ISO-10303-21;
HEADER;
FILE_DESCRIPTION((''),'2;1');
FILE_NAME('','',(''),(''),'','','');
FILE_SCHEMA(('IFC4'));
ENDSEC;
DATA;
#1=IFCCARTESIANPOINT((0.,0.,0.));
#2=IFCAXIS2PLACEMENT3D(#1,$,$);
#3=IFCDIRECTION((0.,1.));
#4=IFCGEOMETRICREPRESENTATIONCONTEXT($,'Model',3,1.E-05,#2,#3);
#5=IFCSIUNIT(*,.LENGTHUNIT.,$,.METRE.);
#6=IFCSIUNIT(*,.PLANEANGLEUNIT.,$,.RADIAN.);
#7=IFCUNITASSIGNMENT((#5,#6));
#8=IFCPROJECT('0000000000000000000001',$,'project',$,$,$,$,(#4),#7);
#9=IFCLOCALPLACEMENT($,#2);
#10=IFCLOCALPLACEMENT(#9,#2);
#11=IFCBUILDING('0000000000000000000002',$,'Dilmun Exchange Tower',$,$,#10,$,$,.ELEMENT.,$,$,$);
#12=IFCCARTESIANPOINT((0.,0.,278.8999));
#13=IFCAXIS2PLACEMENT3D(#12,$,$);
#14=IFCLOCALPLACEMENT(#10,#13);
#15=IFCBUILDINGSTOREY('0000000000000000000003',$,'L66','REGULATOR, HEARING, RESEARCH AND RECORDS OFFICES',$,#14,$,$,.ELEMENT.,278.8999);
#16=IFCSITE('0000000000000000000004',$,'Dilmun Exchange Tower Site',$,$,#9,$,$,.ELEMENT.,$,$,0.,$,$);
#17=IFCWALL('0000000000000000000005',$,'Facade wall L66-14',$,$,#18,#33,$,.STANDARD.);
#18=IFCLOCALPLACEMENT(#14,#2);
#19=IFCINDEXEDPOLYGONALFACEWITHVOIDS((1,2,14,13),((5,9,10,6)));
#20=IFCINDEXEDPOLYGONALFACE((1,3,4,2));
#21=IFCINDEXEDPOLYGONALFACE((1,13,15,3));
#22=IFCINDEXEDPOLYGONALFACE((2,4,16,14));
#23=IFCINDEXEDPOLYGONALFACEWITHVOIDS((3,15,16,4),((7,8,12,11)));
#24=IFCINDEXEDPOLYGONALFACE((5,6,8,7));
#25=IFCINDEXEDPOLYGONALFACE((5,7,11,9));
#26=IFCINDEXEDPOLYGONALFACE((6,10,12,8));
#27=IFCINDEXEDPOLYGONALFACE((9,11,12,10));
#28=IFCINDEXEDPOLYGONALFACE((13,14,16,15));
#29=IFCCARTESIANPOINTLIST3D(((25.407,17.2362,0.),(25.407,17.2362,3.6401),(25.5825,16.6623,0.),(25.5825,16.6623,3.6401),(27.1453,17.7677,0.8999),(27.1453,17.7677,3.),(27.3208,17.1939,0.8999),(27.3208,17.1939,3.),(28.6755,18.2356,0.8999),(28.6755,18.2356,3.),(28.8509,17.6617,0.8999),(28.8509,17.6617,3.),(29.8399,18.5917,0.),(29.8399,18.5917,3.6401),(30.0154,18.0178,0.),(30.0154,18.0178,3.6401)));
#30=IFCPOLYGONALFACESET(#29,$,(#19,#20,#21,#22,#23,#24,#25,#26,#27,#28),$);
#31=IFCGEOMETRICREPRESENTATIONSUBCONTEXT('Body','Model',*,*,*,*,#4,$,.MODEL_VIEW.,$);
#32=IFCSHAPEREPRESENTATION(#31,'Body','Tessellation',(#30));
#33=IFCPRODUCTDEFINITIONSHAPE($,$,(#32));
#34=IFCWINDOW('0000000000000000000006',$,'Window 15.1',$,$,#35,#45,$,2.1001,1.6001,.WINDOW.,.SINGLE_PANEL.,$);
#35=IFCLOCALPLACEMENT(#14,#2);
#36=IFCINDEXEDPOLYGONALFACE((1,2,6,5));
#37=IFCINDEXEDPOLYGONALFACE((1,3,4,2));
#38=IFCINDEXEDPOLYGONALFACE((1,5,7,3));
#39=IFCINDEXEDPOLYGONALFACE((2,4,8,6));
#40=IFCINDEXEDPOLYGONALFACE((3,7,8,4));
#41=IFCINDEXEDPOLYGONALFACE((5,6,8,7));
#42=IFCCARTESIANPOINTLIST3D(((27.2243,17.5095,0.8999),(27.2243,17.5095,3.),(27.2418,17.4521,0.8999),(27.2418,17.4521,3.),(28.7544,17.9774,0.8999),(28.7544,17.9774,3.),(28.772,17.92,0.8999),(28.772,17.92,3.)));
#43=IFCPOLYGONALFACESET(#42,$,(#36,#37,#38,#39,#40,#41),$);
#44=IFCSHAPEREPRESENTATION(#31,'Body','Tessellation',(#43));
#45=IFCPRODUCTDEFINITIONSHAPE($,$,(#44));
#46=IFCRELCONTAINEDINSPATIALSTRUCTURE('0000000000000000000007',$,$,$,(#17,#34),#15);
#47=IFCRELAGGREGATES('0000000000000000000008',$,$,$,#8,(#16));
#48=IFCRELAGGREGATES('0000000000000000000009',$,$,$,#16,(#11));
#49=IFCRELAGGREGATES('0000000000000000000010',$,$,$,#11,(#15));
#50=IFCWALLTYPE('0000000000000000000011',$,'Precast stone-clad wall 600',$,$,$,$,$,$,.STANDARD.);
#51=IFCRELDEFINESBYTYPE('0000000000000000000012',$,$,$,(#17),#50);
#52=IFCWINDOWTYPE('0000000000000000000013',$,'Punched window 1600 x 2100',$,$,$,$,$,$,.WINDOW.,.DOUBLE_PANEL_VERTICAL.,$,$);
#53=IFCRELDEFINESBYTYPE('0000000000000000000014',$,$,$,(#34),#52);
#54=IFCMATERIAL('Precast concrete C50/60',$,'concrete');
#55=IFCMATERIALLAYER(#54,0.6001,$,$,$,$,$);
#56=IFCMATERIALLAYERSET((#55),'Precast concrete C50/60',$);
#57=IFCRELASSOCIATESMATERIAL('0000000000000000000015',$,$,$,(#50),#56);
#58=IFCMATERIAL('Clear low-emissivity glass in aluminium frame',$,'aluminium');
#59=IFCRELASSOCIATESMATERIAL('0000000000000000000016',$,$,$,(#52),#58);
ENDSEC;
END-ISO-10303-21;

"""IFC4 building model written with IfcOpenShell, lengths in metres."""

from ifc_helpers import new_model, si_unit, direction, frame, frame_2d, origin, place, context, subcontext, project, spatial, rectangle, extrude, material, layer, layer_set, type_object, element, fill, save


model = new_model("IFC4")

# Units and contexts
model_context = context("Model", 3, precision=1e-05, world=origin(), true_north=direction((0.0, 1.0)))
body_context = subcontext(model_context, "Body", "Model", "MODEL_VIEW")
ifc_project = project(units=[si_unit("LENGTHUNIT", "METRE"), si_unit("PLANEANGLEUNIT", "RADIAN")], contexts=[model_context])

# Site, building, storey
site_placement = place(None, origin())
site = spatial("IfcSite", under=ifc_project, at=site_placement, Name="Dilmun Exchange Tower Site", CompositionType="ELEMENT", RefElevation=0.0)
building_placement = place(site_placement, origin())
building = spatial("IfcBuilding", under=site, at=building_placement, Name="Dilmun Exchange Tower", CompositionType="ELEMENT")
storey_placement = place(building_placement, frame((0.0, 0.0, 278.8999)))
storey = spatial("IfcBuildingStorey", under=building, at=storey_placement, Name="L66", Description="REGULATOR, HEARING, RESEARCH AND RECORDS OFFICES", CompositionType="ELEMENT", Elevation=278.8999)

# Wall, opening, window
ifc_material_1 = material(Name="Precast concrete C50/60", Category="concrete")
ifc_layer_1 = layer(ifc_material_1, 0.6001)
ifc_layer_set_1 = layer_set([ifc_layer_1], Name="Precast concrete C50/60")
wall_type_1 = type_object("IfcWallType", Name="Precast stone-clad wall 600", PredefinedType="STANDARD", material=ifc_layer_set_1)
wall_1_placement = place(storey_placement, frame((25.4946, 16.9492, 0.0), z_axis=(0.0, 0.0, 1.0), x_axis=(0.956292, 0.292413, 0.0)))
wall_1 = element("IfcWall", 1, at=wall_1_placement, inside=storey, type_object=wall_type_1, Name="Facade wall L66-14", PredefinedType="STANDARD", context=body_context, shape_type="SweptSolid", body=[
    extrude(rectangle(XDim=4.6355, YDim=0.6001, at=frame_2d((2.3179, 0.0))), origin(), (0.0, 0.0, 1.0), 3.6401),
])
opening_1_placement = place(wall_1_placement, frame((1.8179, 0.0, 0.8999)))
opening_1 = element("IfcOpeningElement", 2, at=opening_1_placement, cuts=wall_1, PredefinedType="OPENING", context=body_context, shape_type="SweptSolid", body=[
    extrude(rectangle(XDim=1.6001, YDim=2.1001, at=frame_2d((0.8, 1.05))), frame((0.0, 0.3101, 0.0), z_axis=(0.0, -1.0, 0.0), x_axis=(1.0, 0.0, 0.0)), (0.0, 0.0, 1.0), 0.6201),
])
ifc_material_2 = material(Name="Clear low-emissivity glass in aluminium frame", Category="aluminium")
window_type_1 = type_object("IfcWindowType", Name="Punched window 1600 x 2100", PartitioningType="DOUBLE_PANEL_VERTICAL", PredefinedType="WINDOW", material=ifc_material_2)
window_1_placement = place(opening_1_placement, origin())
window_1 = element("IfcWindow", 3, at=window_1_placement, inside=storey, type_object=window_type_1, Name="Window 15.1", OverallHeight=2.1001, OverallWidth=1.6001, PartitioningType="SINGLE_PANEL", PredefinedType="WINDOW", context=body_context, shape_type="SweptSolid", body=[
    extrude(rectangle(XDim=1.6001, YDim=2.1001, at=frame_2d((0.8, 1.05))), frame((0.0, 0.03, 0.0), z_axis=(0.0, -1.0, 0.0), x_axis=(1.0, 0.0, 0.0)), (0.0, 0.0, 1.0), 0.0601),
])
fill(opening_1, window_1)

save(model, "model.ifc")
